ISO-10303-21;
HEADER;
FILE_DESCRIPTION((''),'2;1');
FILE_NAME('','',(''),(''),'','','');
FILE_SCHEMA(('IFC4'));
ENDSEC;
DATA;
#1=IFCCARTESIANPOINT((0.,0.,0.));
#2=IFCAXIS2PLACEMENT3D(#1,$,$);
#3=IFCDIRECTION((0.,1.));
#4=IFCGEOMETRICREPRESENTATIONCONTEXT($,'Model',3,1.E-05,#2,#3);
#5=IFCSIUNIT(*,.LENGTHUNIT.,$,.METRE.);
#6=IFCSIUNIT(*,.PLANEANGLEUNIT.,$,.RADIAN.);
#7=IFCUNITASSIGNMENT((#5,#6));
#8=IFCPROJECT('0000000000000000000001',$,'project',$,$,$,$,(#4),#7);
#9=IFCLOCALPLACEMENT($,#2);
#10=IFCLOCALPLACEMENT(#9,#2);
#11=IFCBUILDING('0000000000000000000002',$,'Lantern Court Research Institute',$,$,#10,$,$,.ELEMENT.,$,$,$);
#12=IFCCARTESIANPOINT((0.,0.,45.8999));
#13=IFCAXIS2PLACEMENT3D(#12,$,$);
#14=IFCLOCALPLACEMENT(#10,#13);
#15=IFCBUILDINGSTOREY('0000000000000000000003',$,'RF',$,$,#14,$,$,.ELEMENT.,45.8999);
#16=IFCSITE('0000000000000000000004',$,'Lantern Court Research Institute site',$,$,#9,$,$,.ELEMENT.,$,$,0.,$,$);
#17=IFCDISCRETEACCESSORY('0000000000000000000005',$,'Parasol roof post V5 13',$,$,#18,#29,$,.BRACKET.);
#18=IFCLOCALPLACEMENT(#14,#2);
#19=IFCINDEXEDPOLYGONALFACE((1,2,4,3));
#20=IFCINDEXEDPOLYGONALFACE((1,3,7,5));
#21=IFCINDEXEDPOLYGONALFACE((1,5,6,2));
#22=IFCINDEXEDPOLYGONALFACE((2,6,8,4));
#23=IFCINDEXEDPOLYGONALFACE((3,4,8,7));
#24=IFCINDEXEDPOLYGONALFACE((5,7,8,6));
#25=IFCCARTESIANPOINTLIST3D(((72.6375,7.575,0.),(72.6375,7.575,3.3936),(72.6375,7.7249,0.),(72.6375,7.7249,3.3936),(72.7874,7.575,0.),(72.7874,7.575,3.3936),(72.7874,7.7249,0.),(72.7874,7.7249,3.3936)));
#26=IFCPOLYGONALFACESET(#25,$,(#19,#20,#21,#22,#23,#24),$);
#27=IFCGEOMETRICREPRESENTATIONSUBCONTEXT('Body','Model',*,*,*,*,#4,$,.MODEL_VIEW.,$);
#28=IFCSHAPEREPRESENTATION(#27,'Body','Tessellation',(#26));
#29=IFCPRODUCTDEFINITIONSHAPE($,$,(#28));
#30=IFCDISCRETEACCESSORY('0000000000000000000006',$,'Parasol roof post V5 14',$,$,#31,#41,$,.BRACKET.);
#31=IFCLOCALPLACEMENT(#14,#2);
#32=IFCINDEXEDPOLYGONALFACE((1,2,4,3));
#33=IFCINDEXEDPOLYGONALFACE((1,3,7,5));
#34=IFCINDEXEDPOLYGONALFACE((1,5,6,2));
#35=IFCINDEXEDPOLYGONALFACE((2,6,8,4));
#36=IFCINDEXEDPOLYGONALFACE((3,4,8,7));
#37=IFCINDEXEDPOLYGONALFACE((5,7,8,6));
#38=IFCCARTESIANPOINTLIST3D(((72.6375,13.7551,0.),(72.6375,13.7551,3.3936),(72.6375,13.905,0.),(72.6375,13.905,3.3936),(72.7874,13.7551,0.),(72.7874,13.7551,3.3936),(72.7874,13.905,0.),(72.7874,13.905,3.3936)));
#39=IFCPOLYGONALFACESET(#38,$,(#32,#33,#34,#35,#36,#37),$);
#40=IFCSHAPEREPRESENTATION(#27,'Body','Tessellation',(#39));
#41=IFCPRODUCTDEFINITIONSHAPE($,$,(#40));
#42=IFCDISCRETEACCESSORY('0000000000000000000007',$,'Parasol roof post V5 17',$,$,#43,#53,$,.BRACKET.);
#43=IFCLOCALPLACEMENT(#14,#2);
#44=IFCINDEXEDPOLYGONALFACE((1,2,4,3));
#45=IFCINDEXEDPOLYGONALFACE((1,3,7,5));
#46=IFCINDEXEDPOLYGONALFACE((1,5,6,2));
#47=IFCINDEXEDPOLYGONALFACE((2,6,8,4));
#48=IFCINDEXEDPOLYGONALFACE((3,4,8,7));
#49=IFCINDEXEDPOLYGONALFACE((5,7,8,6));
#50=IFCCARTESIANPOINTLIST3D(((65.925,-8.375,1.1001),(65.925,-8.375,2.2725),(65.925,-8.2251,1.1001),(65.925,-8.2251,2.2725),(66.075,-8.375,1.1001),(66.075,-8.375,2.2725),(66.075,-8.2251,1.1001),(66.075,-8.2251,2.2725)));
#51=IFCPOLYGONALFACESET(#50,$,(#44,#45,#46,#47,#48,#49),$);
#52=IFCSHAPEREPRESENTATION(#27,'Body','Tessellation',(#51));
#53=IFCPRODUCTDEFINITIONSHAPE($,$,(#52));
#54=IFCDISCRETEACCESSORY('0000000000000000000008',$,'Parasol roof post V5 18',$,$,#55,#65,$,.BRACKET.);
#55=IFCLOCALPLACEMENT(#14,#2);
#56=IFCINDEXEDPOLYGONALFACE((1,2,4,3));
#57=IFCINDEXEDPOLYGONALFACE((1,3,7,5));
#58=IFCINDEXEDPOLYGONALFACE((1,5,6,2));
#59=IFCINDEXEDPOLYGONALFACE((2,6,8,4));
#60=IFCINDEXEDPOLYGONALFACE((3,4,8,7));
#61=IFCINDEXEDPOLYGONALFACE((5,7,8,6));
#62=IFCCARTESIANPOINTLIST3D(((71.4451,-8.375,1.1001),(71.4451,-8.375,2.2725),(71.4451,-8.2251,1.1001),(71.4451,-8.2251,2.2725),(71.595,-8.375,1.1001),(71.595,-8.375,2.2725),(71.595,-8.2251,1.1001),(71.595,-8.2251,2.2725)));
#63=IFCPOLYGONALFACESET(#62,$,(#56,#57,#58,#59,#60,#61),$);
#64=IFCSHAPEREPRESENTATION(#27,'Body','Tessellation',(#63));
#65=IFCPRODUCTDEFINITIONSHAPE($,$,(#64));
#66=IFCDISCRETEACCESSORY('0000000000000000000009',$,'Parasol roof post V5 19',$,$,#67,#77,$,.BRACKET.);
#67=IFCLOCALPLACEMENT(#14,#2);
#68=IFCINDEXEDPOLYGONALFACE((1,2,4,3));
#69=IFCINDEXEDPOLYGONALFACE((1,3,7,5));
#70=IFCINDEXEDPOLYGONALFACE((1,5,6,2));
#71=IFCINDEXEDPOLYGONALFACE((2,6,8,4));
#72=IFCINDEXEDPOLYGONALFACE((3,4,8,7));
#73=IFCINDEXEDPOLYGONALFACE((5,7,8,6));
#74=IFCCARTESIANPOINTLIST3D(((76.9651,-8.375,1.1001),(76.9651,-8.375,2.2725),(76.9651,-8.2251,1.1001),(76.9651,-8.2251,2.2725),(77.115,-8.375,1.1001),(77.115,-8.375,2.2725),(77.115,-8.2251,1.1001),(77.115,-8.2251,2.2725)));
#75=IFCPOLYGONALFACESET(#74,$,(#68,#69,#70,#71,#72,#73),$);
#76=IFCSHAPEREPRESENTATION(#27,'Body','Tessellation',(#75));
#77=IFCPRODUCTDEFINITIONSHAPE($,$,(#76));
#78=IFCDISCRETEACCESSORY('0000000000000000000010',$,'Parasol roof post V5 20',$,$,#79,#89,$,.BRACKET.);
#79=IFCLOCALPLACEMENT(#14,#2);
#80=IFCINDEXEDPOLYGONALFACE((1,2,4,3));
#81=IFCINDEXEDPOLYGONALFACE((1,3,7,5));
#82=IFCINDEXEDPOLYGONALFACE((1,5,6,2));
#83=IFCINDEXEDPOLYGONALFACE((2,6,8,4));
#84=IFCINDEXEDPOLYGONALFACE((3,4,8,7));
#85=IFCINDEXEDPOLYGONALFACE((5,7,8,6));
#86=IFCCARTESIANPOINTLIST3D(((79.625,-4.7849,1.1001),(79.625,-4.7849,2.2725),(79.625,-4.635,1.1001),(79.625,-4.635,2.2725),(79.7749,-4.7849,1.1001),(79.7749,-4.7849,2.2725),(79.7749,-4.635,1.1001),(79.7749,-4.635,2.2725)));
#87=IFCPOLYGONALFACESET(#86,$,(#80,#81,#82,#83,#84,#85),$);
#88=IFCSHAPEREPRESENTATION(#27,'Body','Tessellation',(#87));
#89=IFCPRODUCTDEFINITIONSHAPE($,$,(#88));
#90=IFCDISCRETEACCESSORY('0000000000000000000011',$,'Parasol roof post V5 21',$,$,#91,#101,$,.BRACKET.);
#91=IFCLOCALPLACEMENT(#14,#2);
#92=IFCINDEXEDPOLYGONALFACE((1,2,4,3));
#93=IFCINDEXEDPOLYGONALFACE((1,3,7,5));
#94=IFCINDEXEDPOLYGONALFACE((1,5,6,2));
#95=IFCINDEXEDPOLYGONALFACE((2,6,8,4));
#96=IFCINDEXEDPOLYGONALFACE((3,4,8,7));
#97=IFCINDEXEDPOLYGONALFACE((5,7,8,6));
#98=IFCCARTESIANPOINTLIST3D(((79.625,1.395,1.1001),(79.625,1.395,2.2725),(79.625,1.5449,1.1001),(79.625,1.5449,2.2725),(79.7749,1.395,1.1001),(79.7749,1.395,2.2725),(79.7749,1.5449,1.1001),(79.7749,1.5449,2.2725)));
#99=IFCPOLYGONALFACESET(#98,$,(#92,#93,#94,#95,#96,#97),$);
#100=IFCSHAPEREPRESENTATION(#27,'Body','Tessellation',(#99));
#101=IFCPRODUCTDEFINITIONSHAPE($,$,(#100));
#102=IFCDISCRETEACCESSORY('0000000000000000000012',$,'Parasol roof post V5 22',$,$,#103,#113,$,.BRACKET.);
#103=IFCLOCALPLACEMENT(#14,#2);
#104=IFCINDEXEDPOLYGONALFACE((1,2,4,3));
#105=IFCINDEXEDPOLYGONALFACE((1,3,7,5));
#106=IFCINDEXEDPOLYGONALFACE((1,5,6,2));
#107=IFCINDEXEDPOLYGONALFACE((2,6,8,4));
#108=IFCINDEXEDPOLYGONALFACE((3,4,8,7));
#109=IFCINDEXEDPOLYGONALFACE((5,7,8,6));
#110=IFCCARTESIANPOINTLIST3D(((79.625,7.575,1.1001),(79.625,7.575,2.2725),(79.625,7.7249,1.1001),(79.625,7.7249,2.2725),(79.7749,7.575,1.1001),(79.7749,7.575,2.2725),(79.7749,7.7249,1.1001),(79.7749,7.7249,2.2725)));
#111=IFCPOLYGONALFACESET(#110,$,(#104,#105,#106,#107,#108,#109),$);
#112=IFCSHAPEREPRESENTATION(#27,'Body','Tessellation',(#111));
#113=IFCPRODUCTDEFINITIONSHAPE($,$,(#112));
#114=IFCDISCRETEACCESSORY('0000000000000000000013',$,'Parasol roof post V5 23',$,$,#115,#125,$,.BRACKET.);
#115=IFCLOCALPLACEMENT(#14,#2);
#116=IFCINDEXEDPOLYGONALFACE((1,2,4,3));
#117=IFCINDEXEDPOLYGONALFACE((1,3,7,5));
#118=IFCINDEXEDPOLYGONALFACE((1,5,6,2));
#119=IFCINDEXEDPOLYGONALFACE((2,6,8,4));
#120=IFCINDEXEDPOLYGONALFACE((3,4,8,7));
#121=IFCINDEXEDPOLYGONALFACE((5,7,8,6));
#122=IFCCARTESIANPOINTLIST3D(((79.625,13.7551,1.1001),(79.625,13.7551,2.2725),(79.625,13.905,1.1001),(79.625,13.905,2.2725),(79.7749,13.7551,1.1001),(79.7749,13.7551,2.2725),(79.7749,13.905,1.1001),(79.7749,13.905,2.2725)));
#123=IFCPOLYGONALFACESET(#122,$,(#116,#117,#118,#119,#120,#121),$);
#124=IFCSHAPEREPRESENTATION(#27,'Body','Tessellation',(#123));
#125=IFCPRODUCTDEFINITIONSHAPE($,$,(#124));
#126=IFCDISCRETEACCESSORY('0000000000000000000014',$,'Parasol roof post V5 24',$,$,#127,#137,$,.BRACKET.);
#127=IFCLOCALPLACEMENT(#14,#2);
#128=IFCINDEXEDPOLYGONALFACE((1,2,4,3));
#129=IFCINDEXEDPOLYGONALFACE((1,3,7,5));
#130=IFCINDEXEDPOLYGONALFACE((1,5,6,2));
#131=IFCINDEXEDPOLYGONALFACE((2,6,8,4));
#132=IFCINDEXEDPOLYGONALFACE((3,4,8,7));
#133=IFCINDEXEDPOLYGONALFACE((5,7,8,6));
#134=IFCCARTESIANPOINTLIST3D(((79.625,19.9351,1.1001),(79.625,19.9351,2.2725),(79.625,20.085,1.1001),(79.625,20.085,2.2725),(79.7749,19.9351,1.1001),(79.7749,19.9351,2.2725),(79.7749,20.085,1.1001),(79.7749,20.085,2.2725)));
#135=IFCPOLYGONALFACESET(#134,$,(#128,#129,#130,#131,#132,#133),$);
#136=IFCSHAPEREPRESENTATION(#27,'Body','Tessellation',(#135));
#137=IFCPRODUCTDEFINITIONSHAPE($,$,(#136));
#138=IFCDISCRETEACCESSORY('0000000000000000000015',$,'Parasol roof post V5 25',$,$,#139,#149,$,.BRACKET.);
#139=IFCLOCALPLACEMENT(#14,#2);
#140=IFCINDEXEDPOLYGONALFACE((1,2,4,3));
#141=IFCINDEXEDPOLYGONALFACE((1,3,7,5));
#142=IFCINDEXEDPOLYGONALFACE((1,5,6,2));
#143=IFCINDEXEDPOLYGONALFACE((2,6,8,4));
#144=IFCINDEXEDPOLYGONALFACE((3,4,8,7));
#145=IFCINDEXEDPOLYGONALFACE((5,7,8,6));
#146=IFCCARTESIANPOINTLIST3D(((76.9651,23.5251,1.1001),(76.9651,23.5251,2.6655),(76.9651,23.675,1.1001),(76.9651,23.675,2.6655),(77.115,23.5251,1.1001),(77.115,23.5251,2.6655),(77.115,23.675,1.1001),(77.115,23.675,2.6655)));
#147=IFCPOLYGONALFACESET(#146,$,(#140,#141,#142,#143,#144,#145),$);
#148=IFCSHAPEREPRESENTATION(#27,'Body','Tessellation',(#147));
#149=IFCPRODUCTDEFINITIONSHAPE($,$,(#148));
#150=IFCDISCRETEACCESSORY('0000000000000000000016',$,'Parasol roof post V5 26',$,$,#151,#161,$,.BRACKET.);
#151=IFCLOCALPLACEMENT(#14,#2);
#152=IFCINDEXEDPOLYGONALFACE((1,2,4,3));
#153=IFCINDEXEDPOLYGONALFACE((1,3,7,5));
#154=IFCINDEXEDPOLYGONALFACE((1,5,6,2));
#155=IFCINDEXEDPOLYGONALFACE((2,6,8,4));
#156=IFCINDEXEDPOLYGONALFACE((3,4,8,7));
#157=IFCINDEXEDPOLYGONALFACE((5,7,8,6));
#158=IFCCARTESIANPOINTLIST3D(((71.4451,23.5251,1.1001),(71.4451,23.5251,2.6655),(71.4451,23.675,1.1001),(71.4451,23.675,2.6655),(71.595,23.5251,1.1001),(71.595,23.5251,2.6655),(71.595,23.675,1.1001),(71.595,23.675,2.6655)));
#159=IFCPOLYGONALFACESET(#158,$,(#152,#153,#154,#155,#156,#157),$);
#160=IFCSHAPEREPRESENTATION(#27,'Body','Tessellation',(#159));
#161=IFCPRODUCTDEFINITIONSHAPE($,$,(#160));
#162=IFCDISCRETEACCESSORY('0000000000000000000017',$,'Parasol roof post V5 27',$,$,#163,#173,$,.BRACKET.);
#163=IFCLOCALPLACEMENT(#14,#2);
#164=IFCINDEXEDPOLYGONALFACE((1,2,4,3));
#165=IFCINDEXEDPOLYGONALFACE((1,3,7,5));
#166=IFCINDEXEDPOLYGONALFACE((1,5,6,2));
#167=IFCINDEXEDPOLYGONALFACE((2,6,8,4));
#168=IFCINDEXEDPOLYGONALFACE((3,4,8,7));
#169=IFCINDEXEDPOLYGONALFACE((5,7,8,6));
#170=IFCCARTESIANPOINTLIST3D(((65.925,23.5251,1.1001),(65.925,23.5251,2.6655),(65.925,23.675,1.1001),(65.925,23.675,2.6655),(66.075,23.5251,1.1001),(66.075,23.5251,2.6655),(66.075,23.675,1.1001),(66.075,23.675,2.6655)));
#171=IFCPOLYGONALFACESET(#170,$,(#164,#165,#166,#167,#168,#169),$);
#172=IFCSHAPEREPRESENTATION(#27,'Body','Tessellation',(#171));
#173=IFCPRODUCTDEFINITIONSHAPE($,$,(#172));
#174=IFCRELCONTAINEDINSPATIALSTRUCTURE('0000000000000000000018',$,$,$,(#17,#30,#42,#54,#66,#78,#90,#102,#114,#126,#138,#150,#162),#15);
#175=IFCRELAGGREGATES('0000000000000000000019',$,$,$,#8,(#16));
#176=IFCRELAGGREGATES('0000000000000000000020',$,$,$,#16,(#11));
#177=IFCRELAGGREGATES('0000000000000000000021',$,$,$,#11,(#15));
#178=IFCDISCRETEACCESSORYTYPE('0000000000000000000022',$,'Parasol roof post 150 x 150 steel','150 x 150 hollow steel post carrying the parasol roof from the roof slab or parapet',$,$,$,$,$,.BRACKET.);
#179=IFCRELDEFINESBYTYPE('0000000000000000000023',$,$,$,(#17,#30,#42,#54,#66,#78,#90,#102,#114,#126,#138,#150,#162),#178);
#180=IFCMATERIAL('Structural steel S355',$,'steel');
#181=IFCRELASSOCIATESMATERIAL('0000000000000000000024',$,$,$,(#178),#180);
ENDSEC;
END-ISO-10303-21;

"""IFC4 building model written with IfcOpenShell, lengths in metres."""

from ifc_helpers import new_model, si_unit, direction, frame, origin, origin_2d, place, context, subcontext, project, spatial, rectangle, extrude, material, type_object, element, save


model = new_model("IFC4")

# Units and contexts
model_context = context("Model", 3, precision=1e-05, world=origin(), true_north=direction((0.0, 1.0)))
body_context = subcontext(model_context, "Body", "Model", "MODEL_VIEW")
ifc_project = project(units=[si_unit("LENGTHUNIT", "METRE"), si_unit("PLANEANGLEUNIT", "RADIAN")], contexts=[model_context])

# Site, building, storey
site_placement = place(None, origin())
site = spatial("IfcSite", under=ifc_project, at=site_placement, Name="Lantern Court Research Institute site", CompositionType="ELEMENT", RefElevation=0.0)
building_placement = place(site_placement, origin())
building = spatial("IfcBuilding", under=site, at=building_placement, Name="Lantern Court Research Institute", CompositionType="ELEMENT")
storey_placement = place(building_placement, frame((0.0, 0.0, 45.8999)))
storey = spatial("IfcBuildingStorey", under=building, at=storey_placement, Name="RF", CompositionType="ELEMENT", Elevation=45.8999)

# Discrete accessories
ifc_material_1 = material(Name="Structural steel S355", Category="steel")
discrete_accessory_type = type_object("IfcDiscreteAccessoryType", Name="Parasol roof post 150 x 150 steel", Description="150 x 150 hollow steel post carrying the parasol roof from the roof slab or parapet", PredefinedType="BRACKET", material=ifc_material_1)
for number, where, z_axis, x_axis, name in (
    (1, (72.7124, 7.6499, 0.0), (0.0, 0.0, 1.0), (1.0, 0.0, 0.0), "Parasol roof post V5 13"),
    (2, (72.7124, 13.8301, 0.0), (0.0, 0.0, 1.0), (1.0, 0.0, 0.0), "Parasol roof post V5 14"),
):
    element("IfcDiscreteAccessory", number, at=place(storey_placement, frame(where, z_axis=z_axis, x_axis=x_axis)), inside=storey, type_object=discrete_accessory_type, Name=name, PredefinedType="BRACKET", context=body_context, shape_type="SweptSolid", body=[
        extrude(rectangle(XDim=0.1499, YDim=0.1499, at=origin_2d()), origin(), (0.0, 0.0, 1.0), 3.3936),
    ])
for number, where, z_axis, x_axis, name in (
    (3, (66.0, -8.3, 1.1001), (0.0, 0.0, 1.0), (1.0, 0.0, 0.0), "Parasol roof post V5 17"),
    (4, (71.52, -8.3, 1.1001), (0.0, 0.0, 1.0), (1.0, 0.0, 0.0), "Parasol roof post V5 18"),
    (5, (77.04, -8.3, 1.1001), (0.0, 0.0, 1.0), (1.0, 0.0, 0.0), "Parasol roof post V5 19"),
    (6, (79.7, -4.71, 1.1001), (0.0, 0.0, 1.0), (1.0, 0.0, 0.0), "Parasol roof post V5 20"),
    (7, (79.7, 1.47, 1.1001), (0.0, 0.0, 1.0), (1.0, 0.0, 0.0), "Parasol roof post V5 21"),
    (8, (79.7, 7.6499, 1.1001), (0.0, 0.0, 1.0), (1.0, 0.0, 0.0), "Parasol roof post V5 22"),
    (9, (79.7, 13.8301, 1.1001), (0.0, 0.0, 1.0), (1.0, 0.0, 0.0), "Parasol roof post V5 23"),
    (10, (79.7, 20.01, 1.1001), (0.0, 0.0, 1.0), (1.0, 0.0, 0.0), "Parasol roof post V5 24"),
):
    element("IfcDiscreteAccessory", number, at=place(storey_placement, frame(where, z_axis=z_axis, x_axis=x_axis)), inside=storey, type_object=discrete_accessory_type, Name=name, PredefinedType="BRACKET", context=body_context, shape_type="SweptSolid", body=[
        extrude(rectangle(XDim=0.1499, YDim=0.1499, at=origin_2d()), origin(), (0.0, 0.0, 1.0), 1.1724),
    ])
for number, where, z_axis, x_axis, name in (
    (11, (77.04, 23.6001, 1.1001), (0.0, 0.0, 1.0), (1.0, 0.0, 0.0), "Parasol roof post V5 25"),
    (12, (71.52, 23.6001, 1.1001), (0.0, 0.0, 1.0), (1.0, 0.0, 0.0), "Parasol roof post V5 26"),
    (13, (66.0, 23.6001, 1.1001), (0.0, 0.0, 1.0), (1.0, 0.0, 0.0), "Parasol roof post V5 27"),
):
    element("IfcDiscreteAccessory", number, at=place(storey_placement, frame(where, z_axis=z_axis, x_axis=x_axis)), inside=storey, type_object=discrete_accessory_type, Name=name, PredefinedType="BRACKET", context=body_context, shape_type="SweptSolid", body=[
        extrude(rectangle(XDim=0.1499, YDim=0.1499, at=origin_2d()), origin(), (0.0, 0.0, 1.0), 1.5654),
    ])

save(model, "model.ifc")
